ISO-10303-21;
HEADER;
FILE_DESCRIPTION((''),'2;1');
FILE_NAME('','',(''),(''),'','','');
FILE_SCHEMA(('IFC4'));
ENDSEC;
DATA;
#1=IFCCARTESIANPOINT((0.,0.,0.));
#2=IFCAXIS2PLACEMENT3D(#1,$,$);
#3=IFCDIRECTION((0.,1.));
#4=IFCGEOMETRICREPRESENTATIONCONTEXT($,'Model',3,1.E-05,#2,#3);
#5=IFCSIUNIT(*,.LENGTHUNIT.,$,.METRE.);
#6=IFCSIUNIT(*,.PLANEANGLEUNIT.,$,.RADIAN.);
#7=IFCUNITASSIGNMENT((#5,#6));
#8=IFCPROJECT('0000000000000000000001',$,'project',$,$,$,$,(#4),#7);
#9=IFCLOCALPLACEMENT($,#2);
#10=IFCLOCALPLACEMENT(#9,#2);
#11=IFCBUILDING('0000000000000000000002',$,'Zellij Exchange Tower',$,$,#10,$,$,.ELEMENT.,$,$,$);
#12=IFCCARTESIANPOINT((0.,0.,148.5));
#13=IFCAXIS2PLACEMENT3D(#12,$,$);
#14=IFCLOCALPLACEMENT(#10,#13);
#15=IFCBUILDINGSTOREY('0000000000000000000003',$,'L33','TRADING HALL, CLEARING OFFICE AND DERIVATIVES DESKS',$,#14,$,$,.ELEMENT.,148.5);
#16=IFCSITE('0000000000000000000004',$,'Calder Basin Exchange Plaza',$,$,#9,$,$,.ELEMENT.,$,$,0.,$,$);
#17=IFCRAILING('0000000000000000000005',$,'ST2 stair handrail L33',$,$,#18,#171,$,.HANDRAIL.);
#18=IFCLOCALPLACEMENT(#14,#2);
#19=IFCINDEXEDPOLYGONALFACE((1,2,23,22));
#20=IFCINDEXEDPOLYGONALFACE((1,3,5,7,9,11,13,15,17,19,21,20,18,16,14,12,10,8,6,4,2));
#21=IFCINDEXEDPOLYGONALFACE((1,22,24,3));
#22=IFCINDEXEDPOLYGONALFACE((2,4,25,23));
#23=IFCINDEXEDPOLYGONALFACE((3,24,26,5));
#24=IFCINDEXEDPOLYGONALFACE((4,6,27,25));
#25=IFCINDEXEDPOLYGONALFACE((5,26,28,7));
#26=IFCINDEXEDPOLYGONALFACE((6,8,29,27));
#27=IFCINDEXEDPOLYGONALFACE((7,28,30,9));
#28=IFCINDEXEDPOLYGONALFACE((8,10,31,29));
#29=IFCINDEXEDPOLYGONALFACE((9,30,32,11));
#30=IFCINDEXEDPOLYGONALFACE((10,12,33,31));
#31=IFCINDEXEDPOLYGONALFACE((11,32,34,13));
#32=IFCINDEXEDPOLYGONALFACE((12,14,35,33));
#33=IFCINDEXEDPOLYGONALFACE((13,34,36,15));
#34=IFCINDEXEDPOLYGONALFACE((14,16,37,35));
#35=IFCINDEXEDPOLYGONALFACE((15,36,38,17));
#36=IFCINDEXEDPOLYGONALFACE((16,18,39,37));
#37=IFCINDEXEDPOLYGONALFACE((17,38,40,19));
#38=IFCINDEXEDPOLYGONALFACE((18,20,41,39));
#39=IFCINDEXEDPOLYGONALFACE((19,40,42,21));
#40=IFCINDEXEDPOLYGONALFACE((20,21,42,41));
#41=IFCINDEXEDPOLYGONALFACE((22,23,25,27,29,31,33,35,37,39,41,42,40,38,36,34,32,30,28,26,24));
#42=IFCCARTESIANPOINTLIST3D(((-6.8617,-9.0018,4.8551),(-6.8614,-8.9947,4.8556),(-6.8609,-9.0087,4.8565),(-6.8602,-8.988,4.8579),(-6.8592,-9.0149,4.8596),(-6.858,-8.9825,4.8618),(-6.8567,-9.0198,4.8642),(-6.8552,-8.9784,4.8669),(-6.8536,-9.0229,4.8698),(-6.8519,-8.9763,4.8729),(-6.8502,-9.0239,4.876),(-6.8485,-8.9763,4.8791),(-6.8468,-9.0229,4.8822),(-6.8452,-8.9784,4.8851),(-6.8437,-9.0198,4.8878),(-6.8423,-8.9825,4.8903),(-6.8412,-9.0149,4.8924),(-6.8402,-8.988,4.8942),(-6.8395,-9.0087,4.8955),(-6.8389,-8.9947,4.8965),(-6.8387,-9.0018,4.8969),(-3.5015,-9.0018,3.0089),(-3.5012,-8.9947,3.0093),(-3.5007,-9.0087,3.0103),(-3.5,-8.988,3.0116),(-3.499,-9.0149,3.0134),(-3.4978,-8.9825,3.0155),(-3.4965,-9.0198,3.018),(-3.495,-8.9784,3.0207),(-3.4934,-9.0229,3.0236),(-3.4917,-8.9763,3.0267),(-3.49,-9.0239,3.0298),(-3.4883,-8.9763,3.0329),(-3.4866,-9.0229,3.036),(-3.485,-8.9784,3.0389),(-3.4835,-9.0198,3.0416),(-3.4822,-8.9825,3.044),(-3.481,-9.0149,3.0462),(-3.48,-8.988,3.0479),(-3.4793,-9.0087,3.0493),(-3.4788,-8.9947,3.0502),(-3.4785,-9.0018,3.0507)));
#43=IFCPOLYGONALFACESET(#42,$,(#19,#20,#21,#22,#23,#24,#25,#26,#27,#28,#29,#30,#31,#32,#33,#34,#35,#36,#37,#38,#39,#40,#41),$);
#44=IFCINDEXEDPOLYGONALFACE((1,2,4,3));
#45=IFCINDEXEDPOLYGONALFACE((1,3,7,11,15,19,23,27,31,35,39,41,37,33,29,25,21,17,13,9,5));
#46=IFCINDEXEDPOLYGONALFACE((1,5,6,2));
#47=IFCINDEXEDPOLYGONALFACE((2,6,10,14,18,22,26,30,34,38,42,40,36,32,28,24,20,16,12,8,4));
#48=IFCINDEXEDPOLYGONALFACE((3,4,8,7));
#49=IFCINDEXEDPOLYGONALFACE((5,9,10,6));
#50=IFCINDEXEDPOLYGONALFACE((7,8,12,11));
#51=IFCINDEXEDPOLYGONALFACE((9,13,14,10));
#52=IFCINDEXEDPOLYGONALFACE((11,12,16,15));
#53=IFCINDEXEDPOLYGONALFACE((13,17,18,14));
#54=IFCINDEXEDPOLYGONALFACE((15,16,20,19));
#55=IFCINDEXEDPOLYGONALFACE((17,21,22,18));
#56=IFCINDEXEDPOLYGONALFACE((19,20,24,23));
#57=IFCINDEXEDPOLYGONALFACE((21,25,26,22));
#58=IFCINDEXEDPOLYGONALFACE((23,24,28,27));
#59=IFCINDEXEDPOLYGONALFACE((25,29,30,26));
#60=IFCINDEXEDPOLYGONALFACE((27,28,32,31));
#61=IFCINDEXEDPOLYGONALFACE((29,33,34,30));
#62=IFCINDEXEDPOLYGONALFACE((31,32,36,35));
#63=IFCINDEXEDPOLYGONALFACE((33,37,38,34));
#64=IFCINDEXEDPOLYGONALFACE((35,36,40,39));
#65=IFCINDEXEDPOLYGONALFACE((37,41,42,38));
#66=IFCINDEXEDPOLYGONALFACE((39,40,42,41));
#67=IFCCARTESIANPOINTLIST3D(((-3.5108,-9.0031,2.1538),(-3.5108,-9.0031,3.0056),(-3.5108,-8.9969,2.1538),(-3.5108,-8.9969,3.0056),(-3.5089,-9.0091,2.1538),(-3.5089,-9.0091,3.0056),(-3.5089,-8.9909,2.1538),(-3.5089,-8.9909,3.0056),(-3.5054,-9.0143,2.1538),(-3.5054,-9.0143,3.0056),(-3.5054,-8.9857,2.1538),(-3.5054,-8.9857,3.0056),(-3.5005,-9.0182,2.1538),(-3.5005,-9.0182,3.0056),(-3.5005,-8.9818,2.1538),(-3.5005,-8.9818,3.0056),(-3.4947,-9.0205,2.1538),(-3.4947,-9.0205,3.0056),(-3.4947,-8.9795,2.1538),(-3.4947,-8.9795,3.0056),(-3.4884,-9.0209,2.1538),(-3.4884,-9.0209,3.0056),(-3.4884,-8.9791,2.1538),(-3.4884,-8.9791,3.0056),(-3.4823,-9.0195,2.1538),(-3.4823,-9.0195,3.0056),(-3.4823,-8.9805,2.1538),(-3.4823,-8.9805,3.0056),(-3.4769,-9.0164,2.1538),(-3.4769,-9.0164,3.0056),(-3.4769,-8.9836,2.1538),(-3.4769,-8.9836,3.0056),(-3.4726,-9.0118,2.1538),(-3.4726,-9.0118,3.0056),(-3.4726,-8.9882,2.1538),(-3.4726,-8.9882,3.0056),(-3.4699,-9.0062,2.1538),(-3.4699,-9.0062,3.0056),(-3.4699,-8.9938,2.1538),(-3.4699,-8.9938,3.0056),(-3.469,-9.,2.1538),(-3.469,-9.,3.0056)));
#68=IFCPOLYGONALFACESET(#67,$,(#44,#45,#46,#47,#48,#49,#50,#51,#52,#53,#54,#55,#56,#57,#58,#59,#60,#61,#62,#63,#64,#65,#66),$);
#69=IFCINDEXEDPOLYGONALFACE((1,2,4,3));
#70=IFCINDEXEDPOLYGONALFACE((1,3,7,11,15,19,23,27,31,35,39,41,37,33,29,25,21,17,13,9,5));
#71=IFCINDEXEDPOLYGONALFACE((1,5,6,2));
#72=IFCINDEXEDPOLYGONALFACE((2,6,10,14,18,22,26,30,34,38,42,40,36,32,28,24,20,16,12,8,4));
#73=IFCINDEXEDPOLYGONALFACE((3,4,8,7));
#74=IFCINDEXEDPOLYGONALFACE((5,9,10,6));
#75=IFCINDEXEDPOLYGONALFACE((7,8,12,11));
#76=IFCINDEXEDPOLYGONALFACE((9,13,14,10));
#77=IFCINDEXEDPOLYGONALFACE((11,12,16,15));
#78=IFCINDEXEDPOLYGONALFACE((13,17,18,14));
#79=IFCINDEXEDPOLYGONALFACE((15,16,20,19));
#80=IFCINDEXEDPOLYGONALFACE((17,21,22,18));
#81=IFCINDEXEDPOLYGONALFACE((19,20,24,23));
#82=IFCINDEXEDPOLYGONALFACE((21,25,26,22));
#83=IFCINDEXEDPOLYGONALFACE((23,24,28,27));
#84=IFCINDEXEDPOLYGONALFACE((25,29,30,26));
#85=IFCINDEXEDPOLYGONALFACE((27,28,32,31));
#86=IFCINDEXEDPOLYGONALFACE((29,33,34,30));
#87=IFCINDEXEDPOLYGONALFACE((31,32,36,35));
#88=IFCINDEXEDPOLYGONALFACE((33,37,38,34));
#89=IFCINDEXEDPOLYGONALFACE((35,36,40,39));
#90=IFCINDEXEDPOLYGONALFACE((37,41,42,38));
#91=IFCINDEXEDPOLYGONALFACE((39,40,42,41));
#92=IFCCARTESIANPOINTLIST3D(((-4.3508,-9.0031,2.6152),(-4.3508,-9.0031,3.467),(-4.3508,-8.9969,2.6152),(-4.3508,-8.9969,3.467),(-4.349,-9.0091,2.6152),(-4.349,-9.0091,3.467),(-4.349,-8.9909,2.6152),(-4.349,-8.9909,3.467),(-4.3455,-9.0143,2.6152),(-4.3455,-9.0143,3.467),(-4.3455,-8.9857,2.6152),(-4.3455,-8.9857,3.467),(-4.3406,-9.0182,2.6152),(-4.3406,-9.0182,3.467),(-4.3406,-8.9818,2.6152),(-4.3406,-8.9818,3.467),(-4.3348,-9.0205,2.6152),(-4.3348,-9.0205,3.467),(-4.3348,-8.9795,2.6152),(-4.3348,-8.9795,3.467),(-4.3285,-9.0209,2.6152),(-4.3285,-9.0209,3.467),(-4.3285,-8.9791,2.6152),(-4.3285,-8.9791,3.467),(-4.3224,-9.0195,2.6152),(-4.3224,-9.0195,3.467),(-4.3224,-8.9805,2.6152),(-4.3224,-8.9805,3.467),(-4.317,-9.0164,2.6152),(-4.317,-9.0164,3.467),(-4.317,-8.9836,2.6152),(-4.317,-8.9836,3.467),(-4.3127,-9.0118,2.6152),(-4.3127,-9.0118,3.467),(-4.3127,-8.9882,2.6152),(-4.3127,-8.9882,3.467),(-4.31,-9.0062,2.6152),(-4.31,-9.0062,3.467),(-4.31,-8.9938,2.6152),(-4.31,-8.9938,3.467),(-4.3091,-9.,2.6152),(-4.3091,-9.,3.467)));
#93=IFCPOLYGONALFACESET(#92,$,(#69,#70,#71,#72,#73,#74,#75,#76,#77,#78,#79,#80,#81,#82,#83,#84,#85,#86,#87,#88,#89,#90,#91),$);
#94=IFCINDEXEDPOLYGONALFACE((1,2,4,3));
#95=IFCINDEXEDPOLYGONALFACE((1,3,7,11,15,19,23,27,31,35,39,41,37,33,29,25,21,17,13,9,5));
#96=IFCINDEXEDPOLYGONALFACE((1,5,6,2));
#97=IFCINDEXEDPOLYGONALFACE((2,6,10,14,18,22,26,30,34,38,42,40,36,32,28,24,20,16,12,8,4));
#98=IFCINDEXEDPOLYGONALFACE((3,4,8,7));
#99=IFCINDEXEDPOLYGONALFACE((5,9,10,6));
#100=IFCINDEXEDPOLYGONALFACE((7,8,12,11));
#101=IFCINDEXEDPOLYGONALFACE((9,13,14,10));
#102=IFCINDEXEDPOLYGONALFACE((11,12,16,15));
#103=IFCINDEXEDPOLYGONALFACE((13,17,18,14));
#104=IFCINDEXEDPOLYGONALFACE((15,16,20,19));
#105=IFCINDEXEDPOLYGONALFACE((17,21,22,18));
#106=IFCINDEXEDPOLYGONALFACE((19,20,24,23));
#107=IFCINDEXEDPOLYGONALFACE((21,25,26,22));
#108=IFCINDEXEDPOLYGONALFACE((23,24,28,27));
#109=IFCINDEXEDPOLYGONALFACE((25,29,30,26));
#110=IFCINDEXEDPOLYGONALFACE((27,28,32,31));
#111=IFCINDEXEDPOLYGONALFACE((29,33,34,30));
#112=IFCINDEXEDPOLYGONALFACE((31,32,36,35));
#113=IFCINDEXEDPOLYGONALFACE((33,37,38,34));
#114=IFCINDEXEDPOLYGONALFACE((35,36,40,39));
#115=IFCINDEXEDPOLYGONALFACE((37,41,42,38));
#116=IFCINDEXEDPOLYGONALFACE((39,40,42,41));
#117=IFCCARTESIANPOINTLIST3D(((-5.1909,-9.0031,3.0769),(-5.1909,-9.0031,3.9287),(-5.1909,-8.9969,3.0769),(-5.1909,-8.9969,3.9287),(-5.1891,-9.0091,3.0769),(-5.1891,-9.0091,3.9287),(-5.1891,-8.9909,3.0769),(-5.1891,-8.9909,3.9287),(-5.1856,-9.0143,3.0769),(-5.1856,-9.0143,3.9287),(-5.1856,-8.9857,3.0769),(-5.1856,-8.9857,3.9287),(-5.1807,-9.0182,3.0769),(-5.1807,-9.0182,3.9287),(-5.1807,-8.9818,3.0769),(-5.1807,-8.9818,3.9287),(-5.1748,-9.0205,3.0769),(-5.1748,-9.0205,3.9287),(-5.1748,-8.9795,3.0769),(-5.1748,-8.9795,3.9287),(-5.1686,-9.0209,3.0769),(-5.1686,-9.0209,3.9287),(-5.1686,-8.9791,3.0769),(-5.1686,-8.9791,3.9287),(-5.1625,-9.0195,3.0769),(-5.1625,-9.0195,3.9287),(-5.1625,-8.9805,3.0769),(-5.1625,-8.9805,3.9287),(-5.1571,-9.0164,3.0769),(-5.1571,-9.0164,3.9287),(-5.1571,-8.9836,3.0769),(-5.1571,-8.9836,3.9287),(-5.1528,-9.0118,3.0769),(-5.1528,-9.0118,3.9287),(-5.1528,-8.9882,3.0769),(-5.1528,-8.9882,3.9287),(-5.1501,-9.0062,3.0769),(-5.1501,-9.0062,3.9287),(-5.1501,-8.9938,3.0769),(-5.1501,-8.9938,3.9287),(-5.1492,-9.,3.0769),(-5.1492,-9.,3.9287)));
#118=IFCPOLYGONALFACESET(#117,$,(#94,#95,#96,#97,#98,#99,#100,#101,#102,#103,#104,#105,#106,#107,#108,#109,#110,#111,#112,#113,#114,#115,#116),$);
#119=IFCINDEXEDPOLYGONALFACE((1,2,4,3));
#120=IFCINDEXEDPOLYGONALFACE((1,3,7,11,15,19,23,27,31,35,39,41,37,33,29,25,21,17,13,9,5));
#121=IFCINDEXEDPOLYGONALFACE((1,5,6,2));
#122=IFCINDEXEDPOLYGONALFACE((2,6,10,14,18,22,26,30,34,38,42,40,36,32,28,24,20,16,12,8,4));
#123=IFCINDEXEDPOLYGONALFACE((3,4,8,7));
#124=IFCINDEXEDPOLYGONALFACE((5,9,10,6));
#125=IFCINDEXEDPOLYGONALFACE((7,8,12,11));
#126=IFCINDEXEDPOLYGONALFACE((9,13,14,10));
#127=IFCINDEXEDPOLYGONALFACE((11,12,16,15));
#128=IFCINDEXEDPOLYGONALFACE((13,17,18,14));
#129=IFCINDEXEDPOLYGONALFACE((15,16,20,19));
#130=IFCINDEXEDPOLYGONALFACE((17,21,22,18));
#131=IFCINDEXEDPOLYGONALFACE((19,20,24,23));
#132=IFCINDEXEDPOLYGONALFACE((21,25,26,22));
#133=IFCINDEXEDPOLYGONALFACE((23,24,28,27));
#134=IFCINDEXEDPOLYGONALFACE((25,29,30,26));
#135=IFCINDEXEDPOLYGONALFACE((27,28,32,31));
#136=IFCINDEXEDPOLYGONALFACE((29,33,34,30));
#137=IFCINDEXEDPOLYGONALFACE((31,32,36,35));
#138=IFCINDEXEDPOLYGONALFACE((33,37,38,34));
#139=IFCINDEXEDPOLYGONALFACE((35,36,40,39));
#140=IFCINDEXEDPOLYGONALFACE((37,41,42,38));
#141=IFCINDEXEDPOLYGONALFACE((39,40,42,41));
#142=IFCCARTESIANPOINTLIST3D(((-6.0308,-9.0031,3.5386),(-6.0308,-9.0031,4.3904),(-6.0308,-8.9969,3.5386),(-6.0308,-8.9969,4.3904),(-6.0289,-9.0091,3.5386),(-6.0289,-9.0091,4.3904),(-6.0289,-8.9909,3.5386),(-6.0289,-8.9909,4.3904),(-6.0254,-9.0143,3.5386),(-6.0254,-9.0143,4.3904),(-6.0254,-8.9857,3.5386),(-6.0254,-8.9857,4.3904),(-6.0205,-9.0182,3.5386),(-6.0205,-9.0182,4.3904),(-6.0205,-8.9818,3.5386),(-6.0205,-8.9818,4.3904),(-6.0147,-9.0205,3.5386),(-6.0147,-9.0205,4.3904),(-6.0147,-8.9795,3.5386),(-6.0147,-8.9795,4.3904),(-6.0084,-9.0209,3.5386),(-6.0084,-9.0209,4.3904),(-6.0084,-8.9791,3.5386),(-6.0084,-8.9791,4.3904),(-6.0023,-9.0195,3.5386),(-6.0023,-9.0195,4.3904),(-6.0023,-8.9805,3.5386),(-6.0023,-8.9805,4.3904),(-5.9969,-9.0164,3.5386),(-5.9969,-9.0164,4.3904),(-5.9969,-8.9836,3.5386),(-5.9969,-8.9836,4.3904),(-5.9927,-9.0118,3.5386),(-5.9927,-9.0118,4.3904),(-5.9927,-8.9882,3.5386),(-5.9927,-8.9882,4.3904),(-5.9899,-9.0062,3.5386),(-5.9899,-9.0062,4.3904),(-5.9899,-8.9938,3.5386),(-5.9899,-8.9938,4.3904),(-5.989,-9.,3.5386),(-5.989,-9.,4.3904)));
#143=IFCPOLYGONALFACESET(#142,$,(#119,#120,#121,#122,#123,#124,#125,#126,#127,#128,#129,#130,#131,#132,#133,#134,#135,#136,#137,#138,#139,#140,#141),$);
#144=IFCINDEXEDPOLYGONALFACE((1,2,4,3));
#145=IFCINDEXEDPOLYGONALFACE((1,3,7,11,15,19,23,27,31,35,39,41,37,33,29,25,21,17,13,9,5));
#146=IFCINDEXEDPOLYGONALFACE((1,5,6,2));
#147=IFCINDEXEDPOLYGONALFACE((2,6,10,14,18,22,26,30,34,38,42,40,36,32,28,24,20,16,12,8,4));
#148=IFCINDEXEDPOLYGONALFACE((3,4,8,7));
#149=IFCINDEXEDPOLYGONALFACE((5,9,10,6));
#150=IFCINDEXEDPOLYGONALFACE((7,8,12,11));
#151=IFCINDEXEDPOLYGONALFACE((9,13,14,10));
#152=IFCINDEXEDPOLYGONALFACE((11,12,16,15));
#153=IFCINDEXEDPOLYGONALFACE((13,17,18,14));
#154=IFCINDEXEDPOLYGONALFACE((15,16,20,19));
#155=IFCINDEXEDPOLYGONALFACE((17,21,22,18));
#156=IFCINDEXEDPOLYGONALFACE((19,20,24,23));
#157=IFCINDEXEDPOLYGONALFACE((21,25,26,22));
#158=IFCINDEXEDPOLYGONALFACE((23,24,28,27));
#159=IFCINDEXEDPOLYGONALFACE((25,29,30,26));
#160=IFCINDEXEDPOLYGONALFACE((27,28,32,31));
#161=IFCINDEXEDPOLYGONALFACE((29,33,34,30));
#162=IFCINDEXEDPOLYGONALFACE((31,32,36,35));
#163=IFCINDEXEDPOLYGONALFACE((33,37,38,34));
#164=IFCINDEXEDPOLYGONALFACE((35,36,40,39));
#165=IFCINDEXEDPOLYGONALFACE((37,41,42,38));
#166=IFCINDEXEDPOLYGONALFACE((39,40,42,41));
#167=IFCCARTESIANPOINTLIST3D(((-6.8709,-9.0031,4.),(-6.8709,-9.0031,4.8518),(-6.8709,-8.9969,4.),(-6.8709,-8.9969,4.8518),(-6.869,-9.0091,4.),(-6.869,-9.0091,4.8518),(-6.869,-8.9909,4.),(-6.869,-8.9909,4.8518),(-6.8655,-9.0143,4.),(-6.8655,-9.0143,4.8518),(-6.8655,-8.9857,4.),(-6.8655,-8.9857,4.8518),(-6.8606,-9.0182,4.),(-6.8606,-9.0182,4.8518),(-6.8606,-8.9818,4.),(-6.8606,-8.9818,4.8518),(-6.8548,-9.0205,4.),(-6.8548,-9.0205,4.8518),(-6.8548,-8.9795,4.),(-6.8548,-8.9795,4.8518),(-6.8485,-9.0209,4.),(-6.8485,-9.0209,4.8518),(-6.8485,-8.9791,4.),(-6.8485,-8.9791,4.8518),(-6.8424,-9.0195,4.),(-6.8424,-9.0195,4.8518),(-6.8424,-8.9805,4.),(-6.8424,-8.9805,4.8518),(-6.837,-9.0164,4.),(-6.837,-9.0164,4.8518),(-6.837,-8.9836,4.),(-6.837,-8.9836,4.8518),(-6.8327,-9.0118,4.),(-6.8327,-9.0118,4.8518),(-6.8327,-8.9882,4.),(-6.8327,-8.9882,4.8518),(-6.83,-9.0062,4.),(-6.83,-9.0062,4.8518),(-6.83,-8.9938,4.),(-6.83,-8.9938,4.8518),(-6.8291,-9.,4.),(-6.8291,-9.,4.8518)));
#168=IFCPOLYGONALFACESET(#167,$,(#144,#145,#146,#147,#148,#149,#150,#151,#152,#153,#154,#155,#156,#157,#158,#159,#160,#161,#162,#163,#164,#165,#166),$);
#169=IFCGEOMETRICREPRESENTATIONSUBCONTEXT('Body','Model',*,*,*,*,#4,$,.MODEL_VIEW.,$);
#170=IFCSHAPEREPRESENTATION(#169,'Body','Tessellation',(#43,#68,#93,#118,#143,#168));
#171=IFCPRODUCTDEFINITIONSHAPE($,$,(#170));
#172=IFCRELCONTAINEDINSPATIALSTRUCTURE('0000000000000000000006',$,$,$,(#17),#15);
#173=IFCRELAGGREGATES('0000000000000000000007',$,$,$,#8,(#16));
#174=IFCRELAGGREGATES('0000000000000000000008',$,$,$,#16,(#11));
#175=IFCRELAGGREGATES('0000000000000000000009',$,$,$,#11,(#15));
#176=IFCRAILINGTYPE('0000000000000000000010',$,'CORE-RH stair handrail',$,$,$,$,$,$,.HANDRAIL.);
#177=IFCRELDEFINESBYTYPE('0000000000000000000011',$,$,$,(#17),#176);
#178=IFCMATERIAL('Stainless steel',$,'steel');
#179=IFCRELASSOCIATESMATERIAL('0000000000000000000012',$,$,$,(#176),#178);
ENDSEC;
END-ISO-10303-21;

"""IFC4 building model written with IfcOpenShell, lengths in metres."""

from ifc_helpers import new_model, si_unit, direction, frame, origin, origin_2d, place, context, subcontext, project, spatial, circle, extrude, material, type_object, element, save


model = new_model("IFC4")

# Units and contexts
model_context = context("Model", 3, precision=1e-05, world=origin(), true_north=direction((0.0, 1.0)))
body_context = subcontext(model_context, "Body", "Model", "MODEL_VIEW")
ifc_project = project(units=[si_unit("LENGTHUNIT", "METRE"), si_unit("PLANEANGLEUNIT", "RADIAN")], contexts=[model_context])

# Site, building, storey
site_placement = place(None, origin())
site = spatial("IfcSite", under=ifc_project, at=site_placement, Name="Calder Basin Exchange Plaza", CompositionType="ELEMENT", RefElevation=0.0)
building_placement = place(site_placement, origin())
building = spatial("IfcBuilding", under=site, at=building_placement, Name="Zellij Exchange Tower", CompositionType="ELEMENT")
storey_placement = place(building_placement, frame((0.0, 0.0, 148.5)))
storey = spatial("IfcBuildingStorey", under=building, at=storey_placement, Name="L33", Description="TRADING HALL, CLEARING OFFICE AND DERIVATIVES DESKS", CompositionType="ELEMENT", Elevation=148.5)

# Railing
ifc_material_1 = material(Name="Stainless steel", Category="steel")
railing_type_1 = type_object("IfcRailingType", Name="CORE-RH stair handrail", PredefinedType="HANDRAIL", material=ifc_material_1)
railing_1_placement = place(storey_placement, frame((-3.49, -9.0, 2.1538)))
element("IfcRailing", 1, at=railing_1_placement, inside=storey, type_object=railing_type_1, Name="ST2 stair handrail L33", PredefinedType="HANDRAIL", context=body_context, shape_type="SweptSolid", body=[
    extrude(circle(Radius=0.0239, at=origin_2d()), frame((0.0, 0.0, 0.876), z_axis=(-0.876422, 0.0, 0.481545), x_axis=(0.0, -1.0, 0.0)), (0.0, 0.0, 1.0), 3.834),
    extrude(circle(Radius=0.021, at=origin_2d()), origin(), (0.0, 0.0, 1.0), 0.8518),
    extrude(circle(Radius=0.021, at=origin_2d()), frame((-0.8401, 0.0, 0.4614)), (0.0, 0.0, 1.0), 0.8518),
    extrude(circle(Radius=0.021, at=origin_2d()), frame((-1.6802, 0.0, 0.9231)), (0.0, 0.0, 1.0), 0.8518),
    extrude(circle(Radius=0.021, at=origin_2d()), frame((-2.52, 0.0, 1.3848)), (0.0, 0.0, 1.0), 0.8518),
    extrude(circle(Radius=0.021, at=origin_2d()), frame((-3.3601, 0.0, 1.8462)), (0.0, 0.0, 1.0), 0.8518),
])

save(model, "model.ifc")
